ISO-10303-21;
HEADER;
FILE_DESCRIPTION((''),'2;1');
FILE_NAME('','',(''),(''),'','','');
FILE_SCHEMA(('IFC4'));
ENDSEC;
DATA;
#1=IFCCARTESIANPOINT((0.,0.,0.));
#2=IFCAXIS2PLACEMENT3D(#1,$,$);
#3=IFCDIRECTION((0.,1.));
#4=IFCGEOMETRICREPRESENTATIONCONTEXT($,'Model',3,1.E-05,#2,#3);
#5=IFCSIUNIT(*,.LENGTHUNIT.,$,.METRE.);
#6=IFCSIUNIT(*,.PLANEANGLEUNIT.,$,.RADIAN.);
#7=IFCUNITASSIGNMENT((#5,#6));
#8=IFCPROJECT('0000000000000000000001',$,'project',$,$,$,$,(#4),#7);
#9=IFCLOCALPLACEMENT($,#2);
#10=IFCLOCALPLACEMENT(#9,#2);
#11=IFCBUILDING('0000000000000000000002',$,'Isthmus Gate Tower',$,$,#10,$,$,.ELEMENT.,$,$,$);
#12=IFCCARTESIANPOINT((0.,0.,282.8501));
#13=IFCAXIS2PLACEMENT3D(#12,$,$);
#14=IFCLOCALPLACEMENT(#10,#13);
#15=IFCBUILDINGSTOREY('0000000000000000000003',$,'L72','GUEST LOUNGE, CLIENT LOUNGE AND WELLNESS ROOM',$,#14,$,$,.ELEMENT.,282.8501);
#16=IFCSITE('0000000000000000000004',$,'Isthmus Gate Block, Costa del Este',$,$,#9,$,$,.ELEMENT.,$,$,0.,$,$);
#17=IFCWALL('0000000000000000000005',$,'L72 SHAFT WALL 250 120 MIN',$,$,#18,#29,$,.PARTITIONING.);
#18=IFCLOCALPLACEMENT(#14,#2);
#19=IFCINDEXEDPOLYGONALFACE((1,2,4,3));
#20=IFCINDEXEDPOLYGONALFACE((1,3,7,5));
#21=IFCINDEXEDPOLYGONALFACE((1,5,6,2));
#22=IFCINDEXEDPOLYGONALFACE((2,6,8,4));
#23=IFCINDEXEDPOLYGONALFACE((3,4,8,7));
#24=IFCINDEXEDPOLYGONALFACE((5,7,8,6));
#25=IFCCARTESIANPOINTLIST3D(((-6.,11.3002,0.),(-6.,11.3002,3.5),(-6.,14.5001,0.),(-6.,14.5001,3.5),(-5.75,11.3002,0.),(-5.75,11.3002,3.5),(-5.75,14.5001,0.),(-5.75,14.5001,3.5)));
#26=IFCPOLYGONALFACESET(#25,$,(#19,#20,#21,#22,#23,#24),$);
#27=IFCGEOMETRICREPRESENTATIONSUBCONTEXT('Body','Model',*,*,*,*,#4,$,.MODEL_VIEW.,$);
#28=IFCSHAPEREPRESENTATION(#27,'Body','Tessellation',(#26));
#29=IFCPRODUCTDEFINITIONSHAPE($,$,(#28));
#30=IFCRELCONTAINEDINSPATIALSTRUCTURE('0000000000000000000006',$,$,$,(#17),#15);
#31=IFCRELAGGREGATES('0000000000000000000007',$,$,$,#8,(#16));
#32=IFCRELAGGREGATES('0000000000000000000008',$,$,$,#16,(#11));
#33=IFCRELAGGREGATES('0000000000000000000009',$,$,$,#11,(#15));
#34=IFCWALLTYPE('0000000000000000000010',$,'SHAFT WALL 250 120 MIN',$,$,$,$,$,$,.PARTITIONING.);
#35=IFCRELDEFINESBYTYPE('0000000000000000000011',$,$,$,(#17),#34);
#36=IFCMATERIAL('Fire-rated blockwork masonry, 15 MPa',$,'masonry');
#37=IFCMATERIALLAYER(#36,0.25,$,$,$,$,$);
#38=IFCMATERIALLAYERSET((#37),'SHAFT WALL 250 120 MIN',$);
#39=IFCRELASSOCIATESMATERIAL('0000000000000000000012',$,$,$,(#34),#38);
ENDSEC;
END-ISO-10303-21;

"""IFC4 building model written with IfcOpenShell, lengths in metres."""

from ifc_helpers import new_model, si_unit, direction, frame, frame_2d, origin, place, context, subcontext, project, spatial, rectangle, extrude, material, layer, layer_set, type_object, element, save


model = new_model("IFC4")

# Units and contexts
model_context = context("Model", 3, precision=1e-05, world=origin(), true_north=direction((0.0, 1.0)))
body_context = subcontext(model_context, "Body", "Model", "MODEL_VIEW")
ifc_project = project(units=[si_unit("LENGTHUNIT", "METRE"), si_unit("PLANEANGLEUNIT", "RADIAN")], contexts=[model_context])

# Site, building, storey
site_placement = place(None, origin())
site = spatial("IfcSite", under=ifc_project, at=site_placement, Name="Isthmus Gate Block, Costa del Este", CompositionType="ELEMENT", RefElevation=0.0)
building_placement = place(site_placement, origin())
building = spatial("IfcBuilding", under=site, at=building_placement, Name="Isthmus Gate Tower", CompositionType="ELEMENT")
storey_placement = place(building_placement, frame((0.0, 0.0, 282.8501)))
storey = spatial("IfcBuildingStorey", under=building, at=storey_placement, Name="L72", Description="GUEST LOUNGE, CLIENT LOUNGE AND WELLNESS ROOM", CompositionType="ELEMENT", Elevation=282.8501)

# Wall
ifc_material_1 = material(Name="Fire-rated blockwork masonry, 15 MPa", Category="masonry")
ifc_layer_1 = layer(ifc_material_1, 0.25)
ifc_layer_set_1 = layer_set([ifc_layer_1], Name="SHAFT WALL 250 120 MIN")
wall_type_1 = type_object("IfcWallType", Name="SHAFT WALL 250 120 MIN", PredefinedType="PARTITIONING", material=ifc_layer_set_1)
for number, where, z_axis, x_axis, name in (
    (1, (-5.875, 11.3, 0.0), (0.0, 0.0, 1.0), (0.0, 1.0, 0.0), "L72 SHAFT WALL 250 120 MIN"),
):
    element("IfcWall", number, at=place(storey_placement, frame(where, z_axis=z_axis, x_axis=x_axis)), inside=storey, type_object=wall_type_1, Name=name, PredefinedType="PARTITIONING", context=body_context, shape_type="SweptSolid", body=[
        extrude(rectangle(XDim=3.2, YDim=0.25, at=frame_2d((1.6001, 0.0))), origin(), (0.0, 0.0, 1.0), 3.5),
    ])

save(model, "model.ifc")
